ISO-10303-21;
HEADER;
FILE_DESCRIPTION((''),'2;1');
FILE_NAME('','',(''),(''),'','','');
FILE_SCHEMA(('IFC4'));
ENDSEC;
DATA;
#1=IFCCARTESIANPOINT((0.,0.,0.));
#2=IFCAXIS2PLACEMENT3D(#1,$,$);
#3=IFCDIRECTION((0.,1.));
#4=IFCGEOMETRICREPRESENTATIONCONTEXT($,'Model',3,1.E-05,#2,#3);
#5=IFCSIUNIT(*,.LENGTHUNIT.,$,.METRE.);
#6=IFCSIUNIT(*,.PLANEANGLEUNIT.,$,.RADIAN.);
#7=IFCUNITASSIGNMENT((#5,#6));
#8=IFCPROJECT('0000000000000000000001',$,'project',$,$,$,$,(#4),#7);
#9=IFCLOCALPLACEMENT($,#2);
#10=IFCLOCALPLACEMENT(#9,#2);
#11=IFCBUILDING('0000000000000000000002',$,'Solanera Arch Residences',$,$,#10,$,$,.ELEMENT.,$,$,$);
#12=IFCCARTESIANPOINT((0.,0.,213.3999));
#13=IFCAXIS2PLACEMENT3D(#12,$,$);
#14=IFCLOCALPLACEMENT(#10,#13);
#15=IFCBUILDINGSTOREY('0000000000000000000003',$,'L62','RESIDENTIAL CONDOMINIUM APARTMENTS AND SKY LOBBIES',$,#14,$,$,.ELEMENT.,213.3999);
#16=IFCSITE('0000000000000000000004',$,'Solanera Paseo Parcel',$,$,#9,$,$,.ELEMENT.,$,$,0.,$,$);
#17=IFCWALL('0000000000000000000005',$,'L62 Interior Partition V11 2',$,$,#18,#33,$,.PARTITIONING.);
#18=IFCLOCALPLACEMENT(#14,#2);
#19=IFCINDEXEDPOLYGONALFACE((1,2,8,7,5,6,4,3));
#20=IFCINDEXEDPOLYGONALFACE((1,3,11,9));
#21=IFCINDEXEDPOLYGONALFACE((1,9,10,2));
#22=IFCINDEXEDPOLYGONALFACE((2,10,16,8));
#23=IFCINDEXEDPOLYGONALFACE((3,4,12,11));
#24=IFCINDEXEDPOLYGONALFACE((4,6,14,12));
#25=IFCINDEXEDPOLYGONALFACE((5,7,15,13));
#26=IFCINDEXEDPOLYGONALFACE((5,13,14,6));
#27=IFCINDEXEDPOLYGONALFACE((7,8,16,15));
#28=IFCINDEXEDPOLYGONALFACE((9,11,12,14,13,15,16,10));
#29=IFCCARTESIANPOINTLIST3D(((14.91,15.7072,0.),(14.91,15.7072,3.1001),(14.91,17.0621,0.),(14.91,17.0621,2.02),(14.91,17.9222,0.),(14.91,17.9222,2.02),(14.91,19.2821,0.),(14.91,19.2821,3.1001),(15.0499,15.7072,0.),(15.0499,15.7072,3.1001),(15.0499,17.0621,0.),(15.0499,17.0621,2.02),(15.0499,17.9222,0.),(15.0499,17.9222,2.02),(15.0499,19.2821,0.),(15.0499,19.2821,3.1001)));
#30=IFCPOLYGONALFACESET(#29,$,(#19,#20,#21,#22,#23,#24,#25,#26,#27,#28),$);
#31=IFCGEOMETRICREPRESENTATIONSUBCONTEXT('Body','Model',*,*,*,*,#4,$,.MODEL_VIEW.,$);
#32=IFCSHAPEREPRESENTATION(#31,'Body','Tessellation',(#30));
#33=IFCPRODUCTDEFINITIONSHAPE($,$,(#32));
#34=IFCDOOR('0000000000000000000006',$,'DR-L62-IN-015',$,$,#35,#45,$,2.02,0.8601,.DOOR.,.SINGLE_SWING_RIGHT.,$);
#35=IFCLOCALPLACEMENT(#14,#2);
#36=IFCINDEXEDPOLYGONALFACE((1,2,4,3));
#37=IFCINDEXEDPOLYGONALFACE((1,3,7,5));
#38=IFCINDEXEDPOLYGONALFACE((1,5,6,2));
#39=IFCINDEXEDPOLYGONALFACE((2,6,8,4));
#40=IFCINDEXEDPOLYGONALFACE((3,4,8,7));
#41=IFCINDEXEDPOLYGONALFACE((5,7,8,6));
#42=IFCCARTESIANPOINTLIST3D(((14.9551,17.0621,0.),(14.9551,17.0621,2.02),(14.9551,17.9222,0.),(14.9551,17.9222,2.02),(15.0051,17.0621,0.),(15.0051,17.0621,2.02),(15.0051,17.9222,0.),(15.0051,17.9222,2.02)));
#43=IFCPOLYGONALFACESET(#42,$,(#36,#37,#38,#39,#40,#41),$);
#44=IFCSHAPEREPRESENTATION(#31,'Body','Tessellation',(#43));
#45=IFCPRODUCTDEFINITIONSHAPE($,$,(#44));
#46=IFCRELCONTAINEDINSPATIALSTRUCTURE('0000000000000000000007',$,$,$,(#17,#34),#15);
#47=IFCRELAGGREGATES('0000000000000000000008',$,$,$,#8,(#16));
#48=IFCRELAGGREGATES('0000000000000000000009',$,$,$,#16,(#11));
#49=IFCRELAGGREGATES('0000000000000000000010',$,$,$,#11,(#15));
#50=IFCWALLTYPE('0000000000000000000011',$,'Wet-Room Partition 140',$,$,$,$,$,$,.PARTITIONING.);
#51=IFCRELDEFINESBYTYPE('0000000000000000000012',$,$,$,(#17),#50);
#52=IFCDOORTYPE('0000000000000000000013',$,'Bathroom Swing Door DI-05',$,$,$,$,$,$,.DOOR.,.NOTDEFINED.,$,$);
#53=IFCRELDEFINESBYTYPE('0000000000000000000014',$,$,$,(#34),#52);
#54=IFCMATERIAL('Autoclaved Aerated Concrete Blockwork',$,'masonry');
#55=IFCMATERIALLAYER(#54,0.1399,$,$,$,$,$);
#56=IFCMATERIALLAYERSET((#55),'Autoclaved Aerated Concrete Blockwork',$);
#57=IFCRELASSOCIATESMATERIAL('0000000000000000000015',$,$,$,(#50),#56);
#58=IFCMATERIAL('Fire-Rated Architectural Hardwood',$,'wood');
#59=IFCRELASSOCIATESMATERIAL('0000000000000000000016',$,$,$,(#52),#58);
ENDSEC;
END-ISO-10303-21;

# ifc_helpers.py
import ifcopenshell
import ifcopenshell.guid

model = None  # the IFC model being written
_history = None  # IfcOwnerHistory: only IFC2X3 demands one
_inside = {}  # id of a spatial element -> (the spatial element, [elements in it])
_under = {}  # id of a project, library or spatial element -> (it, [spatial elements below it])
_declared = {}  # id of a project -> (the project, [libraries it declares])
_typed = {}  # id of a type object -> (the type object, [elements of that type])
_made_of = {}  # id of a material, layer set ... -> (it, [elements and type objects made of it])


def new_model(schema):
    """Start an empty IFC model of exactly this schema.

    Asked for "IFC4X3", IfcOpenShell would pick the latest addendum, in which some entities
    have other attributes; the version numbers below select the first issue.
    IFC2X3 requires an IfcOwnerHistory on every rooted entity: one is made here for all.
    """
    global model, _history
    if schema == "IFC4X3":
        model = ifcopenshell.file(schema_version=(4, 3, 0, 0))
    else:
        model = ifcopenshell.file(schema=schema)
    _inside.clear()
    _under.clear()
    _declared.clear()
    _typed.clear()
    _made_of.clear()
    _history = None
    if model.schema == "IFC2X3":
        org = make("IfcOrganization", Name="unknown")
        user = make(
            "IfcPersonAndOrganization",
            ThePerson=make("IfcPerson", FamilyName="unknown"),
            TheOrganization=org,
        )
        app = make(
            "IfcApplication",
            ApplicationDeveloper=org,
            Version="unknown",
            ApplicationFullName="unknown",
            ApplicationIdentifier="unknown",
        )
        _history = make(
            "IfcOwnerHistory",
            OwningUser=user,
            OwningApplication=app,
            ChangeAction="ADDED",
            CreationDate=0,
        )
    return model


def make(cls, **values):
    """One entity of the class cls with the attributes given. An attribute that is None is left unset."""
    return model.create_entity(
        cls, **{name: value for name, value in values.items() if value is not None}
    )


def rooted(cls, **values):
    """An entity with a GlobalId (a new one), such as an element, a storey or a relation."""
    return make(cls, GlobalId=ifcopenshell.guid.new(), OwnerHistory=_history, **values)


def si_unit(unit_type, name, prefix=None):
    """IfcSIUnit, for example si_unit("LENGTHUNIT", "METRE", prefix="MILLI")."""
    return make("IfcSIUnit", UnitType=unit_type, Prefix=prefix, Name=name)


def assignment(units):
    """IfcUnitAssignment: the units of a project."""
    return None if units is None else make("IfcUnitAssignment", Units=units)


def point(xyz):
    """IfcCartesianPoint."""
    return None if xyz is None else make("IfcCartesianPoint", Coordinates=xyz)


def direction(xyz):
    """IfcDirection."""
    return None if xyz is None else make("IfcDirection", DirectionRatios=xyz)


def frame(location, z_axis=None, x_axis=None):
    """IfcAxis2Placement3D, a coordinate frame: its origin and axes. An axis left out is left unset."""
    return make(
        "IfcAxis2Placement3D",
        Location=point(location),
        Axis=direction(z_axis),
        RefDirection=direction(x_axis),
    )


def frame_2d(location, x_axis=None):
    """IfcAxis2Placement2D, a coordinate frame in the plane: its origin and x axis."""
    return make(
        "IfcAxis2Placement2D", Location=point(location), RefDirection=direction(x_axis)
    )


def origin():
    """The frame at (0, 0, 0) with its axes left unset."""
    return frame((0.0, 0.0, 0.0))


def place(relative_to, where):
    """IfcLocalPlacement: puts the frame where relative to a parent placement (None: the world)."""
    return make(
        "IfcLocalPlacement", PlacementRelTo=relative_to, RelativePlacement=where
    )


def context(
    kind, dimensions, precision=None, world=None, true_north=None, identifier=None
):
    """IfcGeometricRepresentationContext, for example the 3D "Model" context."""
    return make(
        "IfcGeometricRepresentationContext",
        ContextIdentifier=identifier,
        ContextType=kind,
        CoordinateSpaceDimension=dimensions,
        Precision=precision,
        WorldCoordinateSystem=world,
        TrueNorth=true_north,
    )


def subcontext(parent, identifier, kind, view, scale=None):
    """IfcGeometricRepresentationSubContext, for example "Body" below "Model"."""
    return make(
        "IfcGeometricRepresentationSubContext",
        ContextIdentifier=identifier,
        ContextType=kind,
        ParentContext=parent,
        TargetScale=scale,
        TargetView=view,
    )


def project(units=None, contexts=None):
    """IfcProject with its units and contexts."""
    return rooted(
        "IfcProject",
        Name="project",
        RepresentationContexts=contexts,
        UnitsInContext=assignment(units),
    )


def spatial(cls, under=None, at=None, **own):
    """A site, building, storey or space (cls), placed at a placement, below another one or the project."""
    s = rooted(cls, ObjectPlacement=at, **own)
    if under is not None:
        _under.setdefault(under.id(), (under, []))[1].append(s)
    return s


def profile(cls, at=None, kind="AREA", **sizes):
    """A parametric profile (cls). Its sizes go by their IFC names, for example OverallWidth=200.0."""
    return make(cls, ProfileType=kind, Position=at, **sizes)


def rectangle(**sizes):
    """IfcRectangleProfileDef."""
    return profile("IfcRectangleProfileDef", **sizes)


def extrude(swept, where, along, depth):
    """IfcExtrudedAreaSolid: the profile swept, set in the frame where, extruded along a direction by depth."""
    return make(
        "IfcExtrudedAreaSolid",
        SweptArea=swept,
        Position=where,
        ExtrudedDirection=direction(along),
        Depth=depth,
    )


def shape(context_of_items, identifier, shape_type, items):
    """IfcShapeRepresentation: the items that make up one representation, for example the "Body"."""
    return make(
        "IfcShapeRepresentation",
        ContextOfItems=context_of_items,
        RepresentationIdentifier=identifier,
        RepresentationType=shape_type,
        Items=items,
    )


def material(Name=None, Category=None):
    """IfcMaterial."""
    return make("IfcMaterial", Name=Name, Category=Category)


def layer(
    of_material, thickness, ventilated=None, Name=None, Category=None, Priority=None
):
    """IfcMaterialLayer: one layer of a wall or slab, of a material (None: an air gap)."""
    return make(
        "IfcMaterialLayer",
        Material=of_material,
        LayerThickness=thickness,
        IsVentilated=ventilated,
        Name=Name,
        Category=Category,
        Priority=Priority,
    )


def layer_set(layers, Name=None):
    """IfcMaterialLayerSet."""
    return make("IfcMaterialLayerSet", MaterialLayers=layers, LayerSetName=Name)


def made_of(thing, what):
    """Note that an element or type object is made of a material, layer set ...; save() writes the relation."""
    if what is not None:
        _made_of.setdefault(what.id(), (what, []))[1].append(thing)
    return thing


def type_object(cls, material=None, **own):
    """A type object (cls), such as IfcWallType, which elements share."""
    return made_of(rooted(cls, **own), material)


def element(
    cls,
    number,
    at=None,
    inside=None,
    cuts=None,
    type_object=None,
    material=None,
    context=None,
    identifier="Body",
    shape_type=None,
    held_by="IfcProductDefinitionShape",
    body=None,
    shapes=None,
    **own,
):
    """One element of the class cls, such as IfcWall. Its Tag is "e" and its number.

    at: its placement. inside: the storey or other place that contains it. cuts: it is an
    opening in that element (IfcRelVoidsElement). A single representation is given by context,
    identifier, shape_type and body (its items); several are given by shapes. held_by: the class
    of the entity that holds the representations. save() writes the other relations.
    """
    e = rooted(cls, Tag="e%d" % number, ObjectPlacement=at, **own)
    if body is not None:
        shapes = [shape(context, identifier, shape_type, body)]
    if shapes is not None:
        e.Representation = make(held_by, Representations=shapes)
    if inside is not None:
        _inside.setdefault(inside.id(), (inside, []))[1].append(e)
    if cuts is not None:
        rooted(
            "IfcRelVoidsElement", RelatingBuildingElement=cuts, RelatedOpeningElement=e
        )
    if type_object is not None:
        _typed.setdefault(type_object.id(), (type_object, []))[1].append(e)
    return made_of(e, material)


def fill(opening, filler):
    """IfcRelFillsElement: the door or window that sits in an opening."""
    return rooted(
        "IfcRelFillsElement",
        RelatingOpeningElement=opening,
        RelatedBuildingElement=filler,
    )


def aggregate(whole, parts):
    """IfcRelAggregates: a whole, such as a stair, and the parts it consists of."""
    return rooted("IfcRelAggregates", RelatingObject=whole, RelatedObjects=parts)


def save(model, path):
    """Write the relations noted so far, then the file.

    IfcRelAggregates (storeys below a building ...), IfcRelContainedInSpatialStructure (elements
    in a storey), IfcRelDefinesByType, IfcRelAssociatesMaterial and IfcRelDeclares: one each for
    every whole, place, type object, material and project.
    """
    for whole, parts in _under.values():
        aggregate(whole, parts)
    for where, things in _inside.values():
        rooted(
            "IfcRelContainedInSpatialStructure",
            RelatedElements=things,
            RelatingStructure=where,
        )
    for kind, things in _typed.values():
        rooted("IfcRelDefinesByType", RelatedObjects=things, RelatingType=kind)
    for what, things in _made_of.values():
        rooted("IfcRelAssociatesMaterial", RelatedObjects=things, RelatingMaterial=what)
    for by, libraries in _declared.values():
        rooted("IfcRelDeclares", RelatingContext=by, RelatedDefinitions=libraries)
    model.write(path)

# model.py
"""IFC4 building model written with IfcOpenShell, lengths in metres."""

from ifc_helpers import new_model, si_unit, direction, frame, frame_2d, origin, place, context, subcontext, project, spatial, rectangle, extrude, material, layer, layer_set, type_object, element, fill, save


model = new_model("IFC4")

# Units and contexts
model_context = context("Model", 3, precision=1e-05, world=origin(), true_north=direction((0.0, 1.0)))
body_context = subcontext(model_context, "Body", "Model", "MODEL_VIEW")
ifc_project = project(units=[si_unit("LENGTHUNIT", "METRE"), si_unit("PLANEANGLEUNIT", "RADIAN")], contexts=[model_context])

# Site, building, storey
site_placement = place(None, origin())
site = spatial("IfcSite", under=ifc_project, at=site_placement, Name="Solanera Paseo Parcel", CompositionType="ELEMENT", RefElevation=0.0)
building_placement = place(site_placement, origin())
building = spatial("IfcBuilding", under=site, at=building_placement, Name="Solanera Arch Residences", CompositionType="ELEMENT")
storey_placement = place(building_placement, frame((0.0, 0.0, 213.3999)))
storey = spatial("IfcBuildingStorey", under=building, at=storey_placement, Name="L62", Description="RESIDENTIAL CONDOMINIUM APARTMENTS AND SKY LOBBIES", CompositionType="ELEMENT", Elevation=213.3999)

# Wall, opening, door
ifc_material_1 = material(Name="Autoclaved Aerated Concrete Blockwork", Category="masonry")
ifc_layer_1 = layer(ifc_material_1, 0.1399)
ifc_layer_set_1 = layer_set([ifc_layer_1], Name="Autoclaved Aerated Concrete Blockwork")
wall_type_1 = type_object("IfcWallType", Name="Wet-Room Partition 140", PredefinedType="PARTITIONING", material=ifc_layer_set_1)
wall_1_placement = place(storey_placement, frame((14.98, 15.707, 0.0), z_axis=(0.0, 0.0, 1.0), x_axis=(0.0, 1.0, 0.0)))
wall_1 = element("IfcWall", 1, at=wall_1_placement, inside=storey, type_object=wall_type_1, Name="L62 Interior Partition V11 2", PredefinedType="PARTITIONING", context=body_context, shape_type="SweptSolid", body=[
    extrude(rectangle(XDim=3.575, YDim=0.1399, at=frame_2d((1.7876, 0.0))), origin(), (0.0, 0.0, 1.0), 3.1001),
])
opening_1_placement = place(wall_1_placement, frame((1.355, 0.0, 0.0)))
opening_1 = element("IfcOpeningElement", 2, at=opening_1_placement, cuts=wall_1, PredefinedType="OPENING", context=body_context, shape_type="SweptSolid", body=[
    extrude(rectangle(XDim=0.8601, YDim=2.02, at=frame_2d((0.4302, 1.01))), frame((0.0, 0.0798, 0.0), z_axis=(0.0, -1.0, 0.0), x_axis=(1.0, 0.0, 0.0)), (0.0, 0.0, 1.0), 0.1599),
])
ifc_material_2 = material(Name="Fire-Rated Architectural Hardwood", Category="wood")
door_type_1 = type_object("IfcDoorType", Name="Bathroom Swing Door DI-05", OperationType="NOTDEFINED", PredefinedType="DOOR", material=ifc_material_2)
door_1_placement = place(opening_1_placement, origin())
door_1 = element("IfcDoor", 3, at=door_1_placement, inside=storey, type_object=door_type_1, Name="DR-L62-IN-015", OperationType="SINGLE_SWING_RIGHT", OverallHeight=2.02, OverallWidth=0.8601, PredefinedType="DOOR", context=body_context, shape_type="SweptSolid", body=[
    extrude(rectangle(XDim=0.8601, YDim=2.02, at=frame_2d((0.4302, 1.01))), frame((0.0, 0.0249, 0.0), z_axis=(0.0, -1.0, 0.0), x_axis=(1.0, 0.0, 0.0)), (0.0, 0.0, 1.0), 0.05),
])
fill(opening_1, door_1)

save(model, "model.ifc")
